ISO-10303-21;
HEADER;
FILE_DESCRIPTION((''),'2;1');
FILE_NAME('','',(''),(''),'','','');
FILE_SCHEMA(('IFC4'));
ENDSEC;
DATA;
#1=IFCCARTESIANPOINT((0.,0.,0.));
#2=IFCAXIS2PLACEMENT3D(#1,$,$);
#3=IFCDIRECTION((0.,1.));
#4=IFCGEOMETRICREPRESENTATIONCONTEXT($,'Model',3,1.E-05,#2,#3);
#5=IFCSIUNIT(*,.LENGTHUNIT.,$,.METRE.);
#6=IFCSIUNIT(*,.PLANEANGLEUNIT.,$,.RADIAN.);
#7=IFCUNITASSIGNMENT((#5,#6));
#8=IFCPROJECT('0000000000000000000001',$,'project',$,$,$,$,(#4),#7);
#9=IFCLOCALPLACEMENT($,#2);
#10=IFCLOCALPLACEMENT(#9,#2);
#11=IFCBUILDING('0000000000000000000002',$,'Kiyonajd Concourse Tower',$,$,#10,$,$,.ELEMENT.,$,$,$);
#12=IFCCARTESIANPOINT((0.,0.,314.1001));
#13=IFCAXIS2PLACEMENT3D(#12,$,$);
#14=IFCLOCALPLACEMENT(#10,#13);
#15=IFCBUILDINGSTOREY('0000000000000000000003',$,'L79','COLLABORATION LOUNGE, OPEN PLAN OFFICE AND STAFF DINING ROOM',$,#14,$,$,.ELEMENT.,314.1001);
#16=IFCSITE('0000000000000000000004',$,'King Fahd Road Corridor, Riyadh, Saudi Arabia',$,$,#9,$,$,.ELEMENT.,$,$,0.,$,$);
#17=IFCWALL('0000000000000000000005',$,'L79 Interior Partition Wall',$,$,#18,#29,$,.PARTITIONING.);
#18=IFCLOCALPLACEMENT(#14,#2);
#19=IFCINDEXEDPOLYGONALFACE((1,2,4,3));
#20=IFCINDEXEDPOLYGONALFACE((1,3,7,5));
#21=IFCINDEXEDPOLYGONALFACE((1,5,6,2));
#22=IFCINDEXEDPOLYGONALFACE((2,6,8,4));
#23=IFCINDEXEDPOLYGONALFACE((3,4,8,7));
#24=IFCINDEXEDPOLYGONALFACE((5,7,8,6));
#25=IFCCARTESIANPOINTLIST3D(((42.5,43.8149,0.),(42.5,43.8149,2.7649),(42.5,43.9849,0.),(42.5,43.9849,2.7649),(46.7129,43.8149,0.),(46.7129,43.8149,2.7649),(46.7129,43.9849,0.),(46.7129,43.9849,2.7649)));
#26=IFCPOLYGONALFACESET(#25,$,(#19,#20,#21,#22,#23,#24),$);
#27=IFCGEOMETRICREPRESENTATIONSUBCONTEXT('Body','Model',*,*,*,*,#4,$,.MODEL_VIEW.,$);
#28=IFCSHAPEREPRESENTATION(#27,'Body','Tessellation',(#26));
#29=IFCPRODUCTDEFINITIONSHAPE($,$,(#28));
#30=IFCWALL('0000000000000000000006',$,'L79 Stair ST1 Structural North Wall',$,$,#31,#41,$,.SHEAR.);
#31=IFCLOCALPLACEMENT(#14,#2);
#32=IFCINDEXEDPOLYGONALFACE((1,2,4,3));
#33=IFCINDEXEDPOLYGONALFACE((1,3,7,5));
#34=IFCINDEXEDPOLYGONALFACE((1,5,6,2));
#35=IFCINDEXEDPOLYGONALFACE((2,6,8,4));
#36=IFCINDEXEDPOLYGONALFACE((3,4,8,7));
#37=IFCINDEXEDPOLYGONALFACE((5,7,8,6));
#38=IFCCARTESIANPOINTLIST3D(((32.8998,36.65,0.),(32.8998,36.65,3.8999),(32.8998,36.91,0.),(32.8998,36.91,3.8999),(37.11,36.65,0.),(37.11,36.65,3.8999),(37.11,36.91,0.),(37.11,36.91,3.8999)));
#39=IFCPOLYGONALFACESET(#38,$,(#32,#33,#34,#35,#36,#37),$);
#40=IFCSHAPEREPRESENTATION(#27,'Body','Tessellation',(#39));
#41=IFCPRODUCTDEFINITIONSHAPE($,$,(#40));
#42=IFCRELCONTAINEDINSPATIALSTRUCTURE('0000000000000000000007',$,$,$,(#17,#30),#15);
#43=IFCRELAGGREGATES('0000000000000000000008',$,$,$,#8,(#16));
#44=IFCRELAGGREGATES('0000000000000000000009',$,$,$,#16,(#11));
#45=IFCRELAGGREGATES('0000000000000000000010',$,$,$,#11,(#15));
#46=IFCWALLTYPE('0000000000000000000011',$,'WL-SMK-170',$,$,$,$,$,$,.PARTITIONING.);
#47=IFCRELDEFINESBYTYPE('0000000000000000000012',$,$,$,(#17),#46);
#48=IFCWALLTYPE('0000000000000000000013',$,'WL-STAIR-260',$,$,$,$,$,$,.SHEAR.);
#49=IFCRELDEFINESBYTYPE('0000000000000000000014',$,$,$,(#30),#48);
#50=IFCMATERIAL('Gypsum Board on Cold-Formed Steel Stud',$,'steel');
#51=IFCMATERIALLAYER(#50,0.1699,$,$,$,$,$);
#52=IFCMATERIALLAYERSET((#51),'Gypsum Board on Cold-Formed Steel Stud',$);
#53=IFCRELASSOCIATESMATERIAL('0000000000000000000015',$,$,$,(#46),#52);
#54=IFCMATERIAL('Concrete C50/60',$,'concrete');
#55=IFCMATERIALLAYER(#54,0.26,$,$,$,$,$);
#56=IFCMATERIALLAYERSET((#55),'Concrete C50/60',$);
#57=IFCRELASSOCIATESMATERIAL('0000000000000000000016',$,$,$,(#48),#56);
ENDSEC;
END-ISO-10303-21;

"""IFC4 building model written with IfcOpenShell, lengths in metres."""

from ifc_helpers import new_model, si_unit, direction, frame, frame_2d, origin, place, context, subcontext, project, spatial, rectangle, extrude, material, layer, layer_set, type_object, element, save


model = new_model("IFC4")

# Units and contexts
model_context = context("Model", 3, precision=1e-05, world=origin(), true_north=direction((0.0, 1.0)))
body_context = subcontext(model_context, "Body", "Model", "MODEL_VIEW")
ifc_project = project(units=[si_unit("LENGTHUNIT", "METRE"), si_unit("PLANEANGLEUNIT", "RADIAN")], contexts=[model_context])

# Site, building, storey
site_placement = place(None, origin())
site = spatial("IfcSite", under=ifc_project, at=site_placement, Name="King Fahd Road Corridor, Riyadh, Saudi Arabia", CompositionType="ELEMENT", RefElevation=0.0)
building_placement = place(site_placement, origin())
building = spatial("IfcBuilding", under=site, at=building_placement, Name="Kiyonajd Concourse Tower", CompositionType="ELEMENT")
storey_placement = place(building_placement, frame((0.0, 0.0, 314.1001)))
storey = spatial("IfcBuildingStorey", under=building, at=storey_placement, Name="L79", Description="COLLABORATION LOUNGE, OPEN PLAN OFFICE AND STAFF DINING ROOM", CompositionType="ELEMENT", Elevation=314.1001)

# Shared definitions
ifc_material_1 = material(Name="Gypsum Board on Cold-Formed Steel Stud", Category="steel")

# Shared definitions
ifc_layer_1 = layer(ifc_material_1, 0.1699)
ifc_layer_set_1 = layer_set([ifc_layer_1], Name="Gypsum Board on Cold-Formed Steel Stud")
wall_type_1 = type_object("IfcWallType", Name="WL-SMK-170", PredefinedType="PARTITIONING", material=ifc_layer_set_1)

# Walls
wall_1_placement = place(storey_placement, frame((42.5, 43.8999, 0.0), z_axis=(0.0, 0.0, 1.0), x_axis=(1.0, 0.0, 0.0)))
element("IfcWall", 1, at=wall_1_placement, inside=storey, type_object=wall_type_1, Name="L79 Interior Partition Wall", PredefinedType="PARTITIONING", context=body_context, shape_type="SweptSolid", body=[
    extrude(rectangle(XDim=4.2129, YDim=0.1699, at=frame_2d((2.1064, 0.0))), origin(), (0.0, 0.0, 1.0), 2.7649),
])
ifc_material_2 = material(Name="Concrete C50/60", Category="concrete")
ifc_layer_2 = layer(ifc_material_2, 0.26)
ifc_layer_set_2 = layer_set([ifc_layer_2], Name="Concrete C50/60")
wall_type_2 = type_object("IfcWallType", Name="WL-STAIR-260", PredefinedType="SHEAR", material=ifc_layer_set_2)
wall_2_placement = place(storey_placement, frame((32.8999, 36.78, 0.0), z_axis=(0.0, 0.0, 1.0), x_axis=(1.0, 0.0, 0.0)))
element("IfcWall", 2, at=wall_2_placement, inside=storey, type_object=wall_type_2, Name="L79 Stair ST1 Structural North Wall", PredefinedType="SHEAR", context=body_context, shape_type="SweptSolid", body=[
    extrude(rectangle(XDim=4.2102, YDim=0.26, at=frame_2d((2.105, 0.0))), origin(), (0.0, 0.0, 1.0), 3.8999),
])

save(model, "model.ifc")
